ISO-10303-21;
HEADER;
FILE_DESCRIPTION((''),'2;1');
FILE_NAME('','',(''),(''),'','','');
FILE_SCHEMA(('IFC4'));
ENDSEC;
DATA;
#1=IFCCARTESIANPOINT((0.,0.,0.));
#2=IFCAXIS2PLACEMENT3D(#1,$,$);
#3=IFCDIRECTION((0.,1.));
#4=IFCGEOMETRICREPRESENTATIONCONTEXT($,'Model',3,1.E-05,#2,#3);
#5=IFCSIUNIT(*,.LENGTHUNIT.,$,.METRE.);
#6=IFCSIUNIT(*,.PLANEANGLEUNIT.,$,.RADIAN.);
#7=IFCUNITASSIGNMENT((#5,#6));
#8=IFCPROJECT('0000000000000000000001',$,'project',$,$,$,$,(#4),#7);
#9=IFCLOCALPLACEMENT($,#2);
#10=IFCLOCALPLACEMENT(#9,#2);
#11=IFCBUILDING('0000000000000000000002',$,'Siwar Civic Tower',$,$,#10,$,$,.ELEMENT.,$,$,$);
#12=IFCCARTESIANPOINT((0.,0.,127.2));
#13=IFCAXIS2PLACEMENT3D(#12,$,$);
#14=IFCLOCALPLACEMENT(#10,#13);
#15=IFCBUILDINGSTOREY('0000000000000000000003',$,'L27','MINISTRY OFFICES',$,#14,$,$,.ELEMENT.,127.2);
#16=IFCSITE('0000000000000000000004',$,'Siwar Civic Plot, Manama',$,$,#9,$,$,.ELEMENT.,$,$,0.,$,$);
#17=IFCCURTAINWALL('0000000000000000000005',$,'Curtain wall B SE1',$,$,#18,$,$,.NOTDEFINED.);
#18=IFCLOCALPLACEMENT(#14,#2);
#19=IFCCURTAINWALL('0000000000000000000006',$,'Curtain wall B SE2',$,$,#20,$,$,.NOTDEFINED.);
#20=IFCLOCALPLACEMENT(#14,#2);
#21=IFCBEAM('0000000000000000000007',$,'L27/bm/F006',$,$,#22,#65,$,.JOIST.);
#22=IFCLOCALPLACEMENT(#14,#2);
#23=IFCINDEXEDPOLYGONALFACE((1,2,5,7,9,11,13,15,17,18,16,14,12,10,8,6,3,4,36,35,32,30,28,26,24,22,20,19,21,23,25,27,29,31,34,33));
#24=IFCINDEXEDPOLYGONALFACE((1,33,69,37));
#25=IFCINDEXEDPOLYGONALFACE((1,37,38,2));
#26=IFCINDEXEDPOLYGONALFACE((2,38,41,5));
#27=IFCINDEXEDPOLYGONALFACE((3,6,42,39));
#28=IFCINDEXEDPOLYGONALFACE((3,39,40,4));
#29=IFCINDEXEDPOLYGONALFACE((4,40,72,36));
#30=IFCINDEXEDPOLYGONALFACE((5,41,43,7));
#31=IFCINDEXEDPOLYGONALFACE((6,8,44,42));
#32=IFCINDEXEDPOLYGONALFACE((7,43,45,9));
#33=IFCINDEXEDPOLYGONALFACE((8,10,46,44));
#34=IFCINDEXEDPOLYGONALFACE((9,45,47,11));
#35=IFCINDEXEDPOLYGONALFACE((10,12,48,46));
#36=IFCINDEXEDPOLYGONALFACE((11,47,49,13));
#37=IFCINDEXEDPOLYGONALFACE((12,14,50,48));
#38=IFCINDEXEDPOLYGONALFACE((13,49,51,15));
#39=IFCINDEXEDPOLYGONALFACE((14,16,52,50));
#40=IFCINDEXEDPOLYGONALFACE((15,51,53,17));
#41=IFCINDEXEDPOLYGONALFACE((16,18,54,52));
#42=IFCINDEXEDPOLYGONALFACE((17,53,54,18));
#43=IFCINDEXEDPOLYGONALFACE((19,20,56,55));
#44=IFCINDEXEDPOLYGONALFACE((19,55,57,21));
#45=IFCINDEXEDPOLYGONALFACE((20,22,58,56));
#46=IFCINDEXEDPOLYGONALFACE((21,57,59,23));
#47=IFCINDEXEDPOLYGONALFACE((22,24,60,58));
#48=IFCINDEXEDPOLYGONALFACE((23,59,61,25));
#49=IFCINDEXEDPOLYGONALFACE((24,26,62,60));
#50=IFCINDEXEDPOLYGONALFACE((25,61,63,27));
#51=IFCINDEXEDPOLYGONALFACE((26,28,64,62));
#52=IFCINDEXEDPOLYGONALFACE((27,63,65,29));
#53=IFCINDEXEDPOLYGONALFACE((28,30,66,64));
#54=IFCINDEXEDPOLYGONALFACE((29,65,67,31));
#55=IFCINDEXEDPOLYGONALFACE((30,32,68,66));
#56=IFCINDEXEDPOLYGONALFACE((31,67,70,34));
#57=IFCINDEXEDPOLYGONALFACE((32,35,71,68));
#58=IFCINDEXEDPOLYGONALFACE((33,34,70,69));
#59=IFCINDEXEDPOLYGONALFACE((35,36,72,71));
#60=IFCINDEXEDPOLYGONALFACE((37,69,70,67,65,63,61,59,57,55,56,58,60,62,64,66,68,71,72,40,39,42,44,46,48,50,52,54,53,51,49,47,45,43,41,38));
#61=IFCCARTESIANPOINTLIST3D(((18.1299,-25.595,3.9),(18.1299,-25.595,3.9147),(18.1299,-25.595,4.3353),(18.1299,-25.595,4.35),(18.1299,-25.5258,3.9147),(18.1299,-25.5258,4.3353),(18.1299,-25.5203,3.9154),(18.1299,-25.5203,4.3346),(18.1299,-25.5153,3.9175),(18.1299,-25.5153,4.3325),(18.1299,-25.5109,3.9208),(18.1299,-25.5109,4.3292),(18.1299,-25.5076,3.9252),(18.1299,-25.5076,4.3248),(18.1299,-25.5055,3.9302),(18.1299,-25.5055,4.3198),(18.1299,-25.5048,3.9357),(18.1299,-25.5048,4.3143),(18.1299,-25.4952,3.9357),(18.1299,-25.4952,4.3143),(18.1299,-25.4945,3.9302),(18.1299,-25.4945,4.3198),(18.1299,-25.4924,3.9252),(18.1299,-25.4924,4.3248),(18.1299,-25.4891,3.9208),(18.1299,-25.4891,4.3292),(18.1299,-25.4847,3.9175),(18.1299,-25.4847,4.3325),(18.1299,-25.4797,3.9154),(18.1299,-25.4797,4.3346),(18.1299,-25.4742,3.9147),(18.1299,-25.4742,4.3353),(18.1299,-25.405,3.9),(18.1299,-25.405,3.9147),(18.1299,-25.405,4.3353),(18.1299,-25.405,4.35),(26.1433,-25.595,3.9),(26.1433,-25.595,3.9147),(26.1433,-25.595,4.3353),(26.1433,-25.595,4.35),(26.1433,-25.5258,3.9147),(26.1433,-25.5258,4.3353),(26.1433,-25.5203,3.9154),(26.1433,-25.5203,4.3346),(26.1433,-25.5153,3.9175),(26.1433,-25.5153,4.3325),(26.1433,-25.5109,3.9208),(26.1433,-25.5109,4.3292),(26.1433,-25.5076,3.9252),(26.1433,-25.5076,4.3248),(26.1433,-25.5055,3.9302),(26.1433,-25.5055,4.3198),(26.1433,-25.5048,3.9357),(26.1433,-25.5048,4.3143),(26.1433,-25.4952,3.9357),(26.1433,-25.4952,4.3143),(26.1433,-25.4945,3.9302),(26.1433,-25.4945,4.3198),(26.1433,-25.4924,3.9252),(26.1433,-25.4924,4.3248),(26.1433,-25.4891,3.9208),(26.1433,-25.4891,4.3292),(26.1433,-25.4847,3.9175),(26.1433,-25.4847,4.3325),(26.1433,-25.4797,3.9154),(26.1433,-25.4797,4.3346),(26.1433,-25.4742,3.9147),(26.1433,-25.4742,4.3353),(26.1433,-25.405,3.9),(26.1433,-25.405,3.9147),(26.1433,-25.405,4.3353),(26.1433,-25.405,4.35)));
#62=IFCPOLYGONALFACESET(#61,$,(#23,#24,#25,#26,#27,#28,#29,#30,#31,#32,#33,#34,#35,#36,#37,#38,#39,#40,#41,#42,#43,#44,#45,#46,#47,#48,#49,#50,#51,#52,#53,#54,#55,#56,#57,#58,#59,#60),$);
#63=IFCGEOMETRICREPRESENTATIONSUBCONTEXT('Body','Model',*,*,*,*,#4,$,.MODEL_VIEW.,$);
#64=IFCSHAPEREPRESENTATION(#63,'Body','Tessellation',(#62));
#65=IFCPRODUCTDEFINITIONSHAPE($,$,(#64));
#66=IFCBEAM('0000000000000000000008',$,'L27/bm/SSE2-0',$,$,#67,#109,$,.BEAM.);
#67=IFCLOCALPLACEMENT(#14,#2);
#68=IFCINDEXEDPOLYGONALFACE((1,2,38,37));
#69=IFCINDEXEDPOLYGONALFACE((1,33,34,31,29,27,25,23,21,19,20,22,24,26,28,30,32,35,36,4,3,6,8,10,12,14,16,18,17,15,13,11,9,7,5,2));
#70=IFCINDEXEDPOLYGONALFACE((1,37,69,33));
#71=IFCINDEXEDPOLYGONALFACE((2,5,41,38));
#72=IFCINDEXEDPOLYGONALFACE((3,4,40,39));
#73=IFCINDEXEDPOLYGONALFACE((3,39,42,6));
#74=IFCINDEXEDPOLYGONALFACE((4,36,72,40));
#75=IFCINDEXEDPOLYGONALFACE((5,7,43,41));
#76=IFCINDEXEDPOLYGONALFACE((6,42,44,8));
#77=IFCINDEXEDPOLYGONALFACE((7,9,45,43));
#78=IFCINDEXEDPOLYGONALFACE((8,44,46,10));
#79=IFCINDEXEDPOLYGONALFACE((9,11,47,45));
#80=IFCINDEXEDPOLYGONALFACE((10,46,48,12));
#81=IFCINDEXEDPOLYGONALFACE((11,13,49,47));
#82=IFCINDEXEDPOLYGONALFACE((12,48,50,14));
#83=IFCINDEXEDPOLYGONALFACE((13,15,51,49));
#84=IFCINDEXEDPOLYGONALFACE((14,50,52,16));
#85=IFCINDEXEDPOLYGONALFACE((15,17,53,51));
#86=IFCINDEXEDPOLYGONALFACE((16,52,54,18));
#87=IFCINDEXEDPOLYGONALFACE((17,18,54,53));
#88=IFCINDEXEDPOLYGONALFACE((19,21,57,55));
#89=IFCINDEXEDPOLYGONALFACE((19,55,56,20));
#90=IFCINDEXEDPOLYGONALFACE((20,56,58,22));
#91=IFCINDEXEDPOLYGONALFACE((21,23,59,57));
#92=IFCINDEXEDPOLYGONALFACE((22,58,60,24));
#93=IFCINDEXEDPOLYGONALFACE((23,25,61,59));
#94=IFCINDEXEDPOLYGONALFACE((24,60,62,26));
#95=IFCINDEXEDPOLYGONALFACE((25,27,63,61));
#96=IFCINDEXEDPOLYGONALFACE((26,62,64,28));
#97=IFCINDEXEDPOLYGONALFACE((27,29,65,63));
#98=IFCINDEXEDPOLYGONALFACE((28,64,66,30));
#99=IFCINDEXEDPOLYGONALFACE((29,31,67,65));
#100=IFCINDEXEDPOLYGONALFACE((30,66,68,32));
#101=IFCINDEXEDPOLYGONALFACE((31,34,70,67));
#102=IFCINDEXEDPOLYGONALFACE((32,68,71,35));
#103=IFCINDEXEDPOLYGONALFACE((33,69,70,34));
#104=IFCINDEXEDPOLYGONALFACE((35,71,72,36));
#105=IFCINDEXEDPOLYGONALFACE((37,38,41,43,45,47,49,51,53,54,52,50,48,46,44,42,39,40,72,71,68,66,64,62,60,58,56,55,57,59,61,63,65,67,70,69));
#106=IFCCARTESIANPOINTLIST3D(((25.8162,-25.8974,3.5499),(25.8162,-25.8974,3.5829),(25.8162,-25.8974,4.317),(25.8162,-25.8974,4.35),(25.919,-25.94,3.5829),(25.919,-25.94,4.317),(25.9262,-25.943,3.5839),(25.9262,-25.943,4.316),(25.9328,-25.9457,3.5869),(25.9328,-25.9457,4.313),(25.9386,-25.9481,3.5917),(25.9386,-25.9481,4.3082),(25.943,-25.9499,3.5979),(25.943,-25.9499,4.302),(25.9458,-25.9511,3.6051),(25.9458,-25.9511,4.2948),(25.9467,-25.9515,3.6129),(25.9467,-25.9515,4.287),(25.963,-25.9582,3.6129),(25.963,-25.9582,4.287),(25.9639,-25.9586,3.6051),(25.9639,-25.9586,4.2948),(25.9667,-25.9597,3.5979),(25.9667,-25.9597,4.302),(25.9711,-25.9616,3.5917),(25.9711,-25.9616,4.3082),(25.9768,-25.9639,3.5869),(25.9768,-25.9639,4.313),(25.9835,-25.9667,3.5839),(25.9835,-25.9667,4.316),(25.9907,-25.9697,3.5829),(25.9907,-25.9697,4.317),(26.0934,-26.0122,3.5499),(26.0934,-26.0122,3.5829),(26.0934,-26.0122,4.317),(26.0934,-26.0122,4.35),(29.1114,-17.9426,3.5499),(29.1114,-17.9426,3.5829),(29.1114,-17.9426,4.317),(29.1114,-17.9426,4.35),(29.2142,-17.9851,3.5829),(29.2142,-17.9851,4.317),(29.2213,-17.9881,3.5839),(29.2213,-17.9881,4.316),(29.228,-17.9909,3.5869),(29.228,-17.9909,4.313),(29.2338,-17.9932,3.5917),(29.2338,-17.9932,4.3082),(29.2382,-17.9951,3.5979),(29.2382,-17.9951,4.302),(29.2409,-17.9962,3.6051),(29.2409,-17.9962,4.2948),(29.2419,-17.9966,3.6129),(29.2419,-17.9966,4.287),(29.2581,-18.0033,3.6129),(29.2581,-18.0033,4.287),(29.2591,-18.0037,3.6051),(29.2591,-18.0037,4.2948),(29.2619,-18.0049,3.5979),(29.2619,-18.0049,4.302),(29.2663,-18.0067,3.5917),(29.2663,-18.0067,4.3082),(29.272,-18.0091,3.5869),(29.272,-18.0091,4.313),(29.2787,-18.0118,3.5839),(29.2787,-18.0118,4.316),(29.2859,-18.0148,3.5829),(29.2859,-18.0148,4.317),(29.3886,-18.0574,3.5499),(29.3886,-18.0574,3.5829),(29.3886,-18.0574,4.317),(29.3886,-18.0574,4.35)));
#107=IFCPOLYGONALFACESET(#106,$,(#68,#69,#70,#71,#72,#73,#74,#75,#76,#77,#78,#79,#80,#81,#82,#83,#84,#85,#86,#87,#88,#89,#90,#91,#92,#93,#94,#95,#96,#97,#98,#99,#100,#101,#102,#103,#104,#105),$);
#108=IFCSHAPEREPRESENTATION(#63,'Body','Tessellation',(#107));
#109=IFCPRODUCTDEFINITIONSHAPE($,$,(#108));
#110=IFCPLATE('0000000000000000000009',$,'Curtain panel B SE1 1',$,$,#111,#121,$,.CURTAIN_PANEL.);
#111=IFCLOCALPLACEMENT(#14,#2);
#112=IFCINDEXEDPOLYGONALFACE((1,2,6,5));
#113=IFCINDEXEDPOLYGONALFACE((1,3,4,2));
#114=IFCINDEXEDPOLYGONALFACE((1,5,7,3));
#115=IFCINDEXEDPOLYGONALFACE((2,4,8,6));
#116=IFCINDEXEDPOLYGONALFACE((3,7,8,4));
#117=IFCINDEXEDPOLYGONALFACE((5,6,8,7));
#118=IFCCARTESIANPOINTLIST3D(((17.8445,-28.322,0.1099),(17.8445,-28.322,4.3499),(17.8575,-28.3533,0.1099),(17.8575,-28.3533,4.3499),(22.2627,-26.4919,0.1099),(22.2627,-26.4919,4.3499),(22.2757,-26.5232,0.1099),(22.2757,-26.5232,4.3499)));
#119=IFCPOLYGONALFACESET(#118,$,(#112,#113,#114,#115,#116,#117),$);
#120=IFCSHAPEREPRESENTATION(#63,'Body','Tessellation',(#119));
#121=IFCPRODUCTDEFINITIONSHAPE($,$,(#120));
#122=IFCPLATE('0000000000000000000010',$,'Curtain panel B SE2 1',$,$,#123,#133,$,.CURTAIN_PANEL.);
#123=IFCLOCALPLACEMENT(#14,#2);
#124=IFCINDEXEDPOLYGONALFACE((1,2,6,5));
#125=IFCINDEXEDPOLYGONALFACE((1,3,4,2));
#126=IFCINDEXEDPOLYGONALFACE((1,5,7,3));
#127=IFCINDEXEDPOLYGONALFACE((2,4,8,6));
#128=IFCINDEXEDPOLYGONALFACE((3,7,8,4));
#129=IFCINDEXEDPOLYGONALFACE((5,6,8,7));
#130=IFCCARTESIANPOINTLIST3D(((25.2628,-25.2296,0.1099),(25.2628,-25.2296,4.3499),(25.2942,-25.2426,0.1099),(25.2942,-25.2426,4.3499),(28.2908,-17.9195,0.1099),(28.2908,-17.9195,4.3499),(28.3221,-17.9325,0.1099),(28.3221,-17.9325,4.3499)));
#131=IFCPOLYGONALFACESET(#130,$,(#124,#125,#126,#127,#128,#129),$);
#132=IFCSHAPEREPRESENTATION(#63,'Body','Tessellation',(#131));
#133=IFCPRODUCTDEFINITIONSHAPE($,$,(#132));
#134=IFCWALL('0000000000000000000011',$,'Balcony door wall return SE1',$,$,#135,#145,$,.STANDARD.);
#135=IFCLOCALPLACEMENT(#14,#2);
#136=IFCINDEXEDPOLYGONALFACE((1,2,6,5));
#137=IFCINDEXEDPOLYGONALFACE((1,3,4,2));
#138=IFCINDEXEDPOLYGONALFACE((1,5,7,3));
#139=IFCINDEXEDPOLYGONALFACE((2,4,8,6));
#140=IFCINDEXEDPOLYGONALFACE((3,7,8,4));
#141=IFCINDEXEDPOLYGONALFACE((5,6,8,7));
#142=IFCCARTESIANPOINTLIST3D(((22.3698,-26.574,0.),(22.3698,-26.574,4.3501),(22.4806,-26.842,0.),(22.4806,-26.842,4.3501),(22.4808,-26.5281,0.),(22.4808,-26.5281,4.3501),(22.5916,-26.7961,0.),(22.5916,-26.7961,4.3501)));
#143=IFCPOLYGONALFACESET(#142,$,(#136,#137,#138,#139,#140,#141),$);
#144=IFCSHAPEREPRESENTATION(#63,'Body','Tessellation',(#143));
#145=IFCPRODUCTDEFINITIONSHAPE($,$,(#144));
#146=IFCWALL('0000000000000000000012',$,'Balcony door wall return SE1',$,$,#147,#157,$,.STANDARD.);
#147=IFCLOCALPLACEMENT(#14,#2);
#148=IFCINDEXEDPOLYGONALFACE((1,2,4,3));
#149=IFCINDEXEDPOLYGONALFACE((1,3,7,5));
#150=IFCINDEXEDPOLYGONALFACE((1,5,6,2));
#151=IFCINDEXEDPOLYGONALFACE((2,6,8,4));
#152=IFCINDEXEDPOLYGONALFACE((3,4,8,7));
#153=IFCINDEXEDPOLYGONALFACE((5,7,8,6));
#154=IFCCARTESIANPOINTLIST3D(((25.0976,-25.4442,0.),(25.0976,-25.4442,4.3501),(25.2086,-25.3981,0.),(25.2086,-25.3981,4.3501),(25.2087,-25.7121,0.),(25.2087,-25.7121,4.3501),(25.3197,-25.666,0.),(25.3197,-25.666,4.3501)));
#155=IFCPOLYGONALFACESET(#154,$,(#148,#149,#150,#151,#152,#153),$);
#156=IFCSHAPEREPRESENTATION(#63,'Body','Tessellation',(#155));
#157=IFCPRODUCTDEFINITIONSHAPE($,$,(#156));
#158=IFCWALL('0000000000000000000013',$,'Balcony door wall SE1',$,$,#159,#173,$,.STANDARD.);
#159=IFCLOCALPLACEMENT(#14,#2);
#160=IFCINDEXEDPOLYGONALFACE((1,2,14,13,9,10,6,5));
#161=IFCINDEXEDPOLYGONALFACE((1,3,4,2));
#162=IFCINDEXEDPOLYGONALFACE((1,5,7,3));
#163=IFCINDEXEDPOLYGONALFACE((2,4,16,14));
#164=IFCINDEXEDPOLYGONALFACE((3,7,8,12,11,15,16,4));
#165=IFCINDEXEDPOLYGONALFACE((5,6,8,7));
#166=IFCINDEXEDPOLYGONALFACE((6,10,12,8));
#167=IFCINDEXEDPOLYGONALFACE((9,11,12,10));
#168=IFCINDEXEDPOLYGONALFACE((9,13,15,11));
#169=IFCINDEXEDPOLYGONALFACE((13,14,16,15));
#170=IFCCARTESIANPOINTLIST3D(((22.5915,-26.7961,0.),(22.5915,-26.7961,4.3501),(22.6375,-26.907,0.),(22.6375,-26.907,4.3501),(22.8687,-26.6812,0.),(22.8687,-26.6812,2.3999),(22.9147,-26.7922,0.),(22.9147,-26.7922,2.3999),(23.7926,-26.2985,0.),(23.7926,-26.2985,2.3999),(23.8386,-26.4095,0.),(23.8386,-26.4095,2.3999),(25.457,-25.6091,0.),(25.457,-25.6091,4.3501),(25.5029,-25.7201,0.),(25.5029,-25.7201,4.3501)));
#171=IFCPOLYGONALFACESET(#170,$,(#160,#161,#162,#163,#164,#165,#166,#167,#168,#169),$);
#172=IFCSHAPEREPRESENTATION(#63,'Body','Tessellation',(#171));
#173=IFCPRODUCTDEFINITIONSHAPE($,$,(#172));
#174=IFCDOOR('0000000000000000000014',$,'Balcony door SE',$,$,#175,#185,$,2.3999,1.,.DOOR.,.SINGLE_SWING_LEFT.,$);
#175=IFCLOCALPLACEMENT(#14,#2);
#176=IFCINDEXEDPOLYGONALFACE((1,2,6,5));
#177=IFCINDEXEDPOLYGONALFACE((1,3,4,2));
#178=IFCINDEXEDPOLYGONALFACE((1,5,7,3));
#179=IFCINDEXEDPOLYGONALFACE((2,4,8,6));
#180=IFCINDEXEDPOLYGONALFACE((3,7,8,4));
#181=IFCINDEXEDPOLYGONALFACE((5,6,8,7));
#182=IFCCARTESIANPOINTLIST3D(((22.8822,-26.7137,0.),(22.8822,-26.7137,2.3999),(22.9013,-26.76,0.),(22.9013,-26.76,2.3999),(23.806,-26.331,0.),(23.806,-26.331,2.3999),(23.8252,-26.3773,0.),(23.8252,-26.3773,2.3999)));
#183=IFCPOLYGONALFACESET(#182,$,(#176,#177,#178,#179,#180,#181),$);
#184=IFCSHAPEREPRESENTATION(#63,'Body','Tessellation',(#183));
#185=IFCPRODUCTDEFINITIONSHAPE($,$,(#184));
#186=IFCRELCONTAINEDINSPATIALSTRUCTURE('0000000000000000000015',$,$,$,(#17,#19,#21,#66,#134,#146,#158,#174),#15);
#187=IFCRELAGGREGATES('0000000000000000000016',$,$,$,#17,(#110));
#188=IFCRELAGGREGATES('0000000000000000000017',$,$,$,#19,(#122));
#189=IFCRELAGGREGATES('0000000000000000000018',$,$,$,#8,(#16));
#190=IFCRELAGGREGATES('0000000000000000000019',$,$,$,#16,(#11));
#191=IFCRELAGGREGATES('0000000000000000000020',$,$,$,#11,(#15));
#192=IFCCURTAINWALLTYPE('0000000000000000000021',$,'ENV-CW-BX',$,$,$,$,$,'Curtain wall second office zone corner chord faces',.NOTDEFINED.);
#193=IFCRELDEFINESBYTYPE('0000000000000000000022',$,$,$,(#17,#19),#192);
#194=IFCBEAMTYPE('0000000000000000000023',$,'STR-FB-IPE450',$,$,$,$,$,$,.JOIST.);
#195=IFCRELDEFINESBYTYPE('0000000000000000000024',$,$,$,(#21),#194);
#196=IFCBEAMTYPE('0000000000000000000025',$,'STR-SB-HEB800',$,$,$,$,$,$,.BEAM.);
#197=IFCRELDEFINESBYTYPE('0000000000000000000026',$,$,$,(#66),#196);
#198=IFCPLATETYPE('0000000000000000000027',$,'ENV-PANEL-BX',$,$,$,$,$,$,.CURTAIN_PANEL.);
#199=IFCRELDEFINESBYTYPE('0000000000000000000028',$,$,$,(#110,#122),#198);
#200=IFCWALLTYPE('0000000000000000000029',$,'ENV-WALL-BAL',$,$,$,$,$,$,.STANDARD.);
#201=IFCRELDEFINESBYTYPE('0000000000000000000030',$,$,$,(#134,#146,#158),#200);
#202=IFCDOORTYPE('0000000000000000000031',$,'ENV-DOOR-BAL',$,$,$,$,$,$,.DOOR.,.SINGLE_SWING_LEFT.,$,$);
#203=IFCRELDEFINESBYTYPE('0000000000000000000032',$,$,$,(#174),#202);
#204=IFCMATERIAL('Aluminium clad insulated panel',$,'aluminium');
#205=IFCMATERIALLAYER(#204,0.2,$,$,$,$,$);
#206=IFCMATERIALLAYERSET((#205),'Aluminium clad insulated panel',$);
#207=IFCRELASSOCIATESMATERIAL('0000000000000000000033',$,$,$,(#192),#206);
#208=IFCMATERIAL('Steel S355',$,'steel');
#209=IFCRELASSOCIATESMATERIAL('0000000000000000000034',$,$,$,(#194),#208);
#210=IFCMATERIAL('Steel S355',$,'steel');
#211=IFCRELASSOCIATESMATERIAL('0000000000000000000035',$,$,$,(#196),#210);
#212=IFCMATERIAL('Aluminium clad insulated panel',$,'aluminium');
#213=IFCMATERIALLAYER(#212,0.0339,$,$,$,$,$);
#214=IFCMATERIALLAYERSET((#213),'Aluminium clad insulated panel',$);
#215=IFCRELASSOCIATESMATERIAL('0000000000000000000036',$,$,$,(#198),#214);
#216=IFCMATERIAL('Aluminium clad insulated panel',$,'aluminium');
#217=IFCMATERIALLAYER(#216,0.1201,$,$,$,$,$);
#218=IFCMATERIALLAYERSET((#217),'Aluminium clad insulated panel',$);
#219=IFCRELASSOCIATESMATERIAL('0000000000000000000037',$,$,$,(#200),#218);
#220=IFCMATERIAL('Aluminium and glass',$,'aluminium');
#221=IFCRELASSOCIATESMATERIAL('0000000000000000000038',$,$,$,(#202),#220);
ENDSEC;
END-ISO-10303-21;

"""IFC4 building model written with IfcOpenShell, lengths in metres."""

from ifc_helpers import new_model, si_unit, direction, frame, frame_2d, origin, origin_2d, place, context, subcontext, project, spatial, rectangle, i_section, extrude, material, layer, layer_set, material_profile, profile_set, type_object, element, fill, aggregate, save


model = new_model("IFC4")

# Units and contexts
model_context = context("Model", 3, precision=1e-05, world=origin(), true_north=direction((0.0, 1.0)))
body_context = subcontext(model_context, "Body", "Model", "MODEL_VIEW")
ifc_project = project(units=[si_unit("LENGTHUNIT", "METRE"), si_unit("PLANEANGLEUNIT", "RADIAN")], contexts=[model_context])

# Site, building, storey
site_placement = place(None, origin())
site = spatial("IfcSite", under=ifc_project, at=site_placement, Name="Siwar Civic Plot, Manama", CompositionType="ELEMENT", RefElevation=0.0)
building_placement = place(site_placement, origin())
building = spatial("IfcBuilding", under=site, at=building_placement, Name="Siwar Civic Tower", CompositionType="ELEMENT")
storey_placement = place(building_placement, frame((0.0, 0.0, 127.2)))
storey = spatial("IfcBuildingStorey", under=building, at=storey_placement, Name="L27", Description="MINISTRY OFFICES", CompositionType="ELEMENT", Elevation=127.2)

# Curtain wall
ifc_material_1 = material(Name="Aluminium clad insulated panel", Category="aluminium")
ifc_layer_1 = layer(ifc_material_1, 0.2)
ifc_layer_set_1 = layer_set([ifc_layer_1], Name="Aluminium clad insulated panel")
curtain_wall_type = type_object("IfcCurtainWallType", Name="ENV-CW-BX", ElementType="Curtain wall second office zone corner chord faces", PredefinedType="NOTDEFINED", material=ifc_layer_set_1)
curtain_wall_1_placement = place(storey_placement, origin())
curtain_wall_1 = element("IfcCurtainWall", 1, at=curtain_wall_1_placement, inside=storey, type_object=curtain_wall_type, Name="Curtain wall B SE1", PredefinedType="NOTDEFINED")

# Curtain wall
curtain_wall_2_placement = place(storey_placement, origin())
curtain_wall_2 = element("IfcCurtainWall", 2, at=curtain_wall_2_placement, inside=storey, type_object=curtain_wall_type, Name="Curtain wall B SE2", PredefinedType="NOTDEFINED")

# Beams
ifc_material_2 = material(Name="Steel S355", Category="steel")
ifc_material_profile_1 = material_profile(ifc_material_2, i_section(OverallWidth=0.1899, OverallDepth=0.45, WebThickness=0.0095, FlangeThickness=0.0146, FilletRadius=0.021, at=origin_2d()), Name="IPE450")
ifc_profile_set_1 = profile_set([ifc_material_profile_1], Name="Steel S355")
beam_type_1 = type_object("IfcBeamType", Name="STR-FB-IPE450", PredefinedType="JOIST", material=ifc_profile_set_1)
beam_1_placement = place(storey_placement, frame((18.1299, -25.5, 4.125), z_axis=(1.0, 0.0, 0.0), x_axis=(0.0, 1.0, 0.0)))
element("IfcBeam", 3, at=beam_1_placement, inside=storey, type_object=beam_type_1, Name="L27/bm/F006", PredefinedType="JOIST", context=body_context, shape_type="SweptSolid", body=[
    extrude(i_section(OverallWidth=0.1899, OverallDepth=0.45, WebThickness=0.0095, FlangeThickness=0.0146, FilletRadius=0.021, at=origin_2d()), origin(), (0.0, 0.0, 1.0), 8.0134),
])
ifc_material_3 = material(Name="Steel S355", Category="steel")
ifc_material_profile_2 = material_profile(ifc_material_3, i_section(OverallWidth=0.3, OverallDepth=0.8, WebThickness=0.0176, FlangeThickness=0.033, FilletRadius=0.03, at=origin_2d()), Name="HEB800")
ifc_profile_set_2 = profile_set([ifc_material_profile_2], Name="Steel S355")
beam_type_2 = type_object("IfcBeamType", Name="STR-SB-HEB800", PredefinedType="BEAM", material=ifc_profile_set_2)
beam_2_placement = place(storey_placement, frame((25.9548, -25.9548, 3.95), z_axis=(0.3827, 0.923873, 0.0), x_axis=(-0.923873, 0.3827, 0.0)))
element("IfcBeam", 4, at=beam_2_placement, inside=storey, type_object=beam_type_2, Name="L27/bm/SSE2-0", PredefinedType="BEAM", context=body_context, shape_type="SweptSolid", body=[
    extrude(i_section(OverallWidth=0.3, OverallDepth=0.8, WebThickness=0.0176, FlangeThickness=0.033, FilletRadius=0.03, at=origin_2d()), origin(), (0.0, 0.0, 1.0), 8.6104),
])

# Plates
ifc_material_4 = material(Name="Aluminium clad insulated panel", Category="aluminium")
ifc_layer_2 = layer(ifc_material_4, 0.0339)
ifc_layer_set_2 = layer_set([ifc_layer_2], Name="Aluminium clad insulated panel")
plate_type = type_object("IfcPlateType", Name="ENV-PANEL-BX", PredefinedType="CURTAIN_PANEL", material=ifc_layer_set_2)
plate_1_placement = place(storey_placement, frame((20.0601, -27.4226, 0.1099), z_axis=(0.0, 0.0, 1.0), x_axis=(0.92388, 0.382683, 0.0)))
plate_1 = element("IfcPlate", 5, at=plate_1_placement, type_object=plate_type, Name="Curtain panel B SE1 1", PredefinedType="CURTAIN_PANEL", context=body_context, shape_type="SweptSolid", body=[
    extrude(rectangle(XDim=4.7822, YDim=0.0339, at=origin_2d()), origin(), (0.0, 0.0, 1.0), 4.24),
])
aggregate(curtain_wall_1, [plate_1])
plate_2_placement = place(storey_placement, frame((26.7925, -21.5811, 0.1099), z_axis=(0.0, 0.0, 1.0), x_axis=(0.382683, 0.92388, 0.0)))
plate_2 = element("IfcPlate", 6, at=plate_2_placement, type_object=plate_type, Name="Curtain panel B SE2 1", PredefinedType="CURTAIN_PANEL", context=body_context, shape_type="SweptSolid", body=[
    extrude(rectangle(XDim=7.9124, YDim=0.0339, at=origin_2d()), origin(), (0.0, 0.0, 1.0), 4.24),
])
aggregate(curtain_wall_2, [plate_2])

# Walls
ifc_material_5 = material(Name="Aluminium clad insulated panel", Category="aluminium")
ifc_layer_3 = layer(ifc_material_5, 0.1201)
ifc_layer_set_3 = layer_set([ifc_layer_3], Name="Aluminium clad insulated panel")
wall_type_1 = type_object("IfcWallType", Name="ENV-WALL-BAL", PredefinedType="STANDARD", material=ifc_layer_set_3)
for number, where, z_axis, x_axis, name in (
    (7, (22.4253, -26.551, 0.0), (0.0, 0.0, 1.0), (0.382104, -0.924119, 0.0), "Balcony door wall return SE1"),
    (8, (25.1531, -25.4211, 0.0), (0.0, 0.0, 1.0), (0.38312, -0.923699, 0.0), "Balcony door wall return SE1"),
):
    element("IfcWall", number, at=place(storey_placement, frame(where, z_axis=z_axis, x_axis=x_axis)), inside=storey, type_object=wall_type_1, Name=name, PredefinedType="STANDARD", context=body_context, shape_type="SweptSolid", body=[
        extrude(rectangle(XDim=0.29, YDim=0.1201, at=frame_2d((0.145, 0.0))), origin(), (0.0, 0.0, 1.0), 4.3501),
    ])

# Wall, opening, door
wall_1_placement = place(storey_placement, frame((22.6145, -26.8516, 0.0), z_axis=(0.0, 0.0, 1.0), x_axis=(0.923869, 0.382709, 0.0)))
wall_1 = element("IfcWall", 9, at=wall_1_placement, inside=storey, type_object=wall_type_1, Name="Balcony door wall SE1", PredefinedType="STANDARD", context=body_context, shape_type="SweptSolid", body=[
    extrude(rectangle(XDim=3.1016, YDim=0.1201, at=frame_2d((1.5508, 0.0))), origin(), (0.0, 0.0, 1.0), 4.3501),
])
opening_placement = place(wall_1_placement, frame((0.3, 0.0, 0.0)))
opening = element("IfcOpeningElement", 10, at=opening_placement, cuts=wall_1, PredefinedType="OPENING", context=body_context, shape_type="SweptSolid", body=[
    extrude(rectangle(XDim=1.0, YDim=2.3999, at=frame_2d((0.5, 1.2))), frame((0.0, 0.0701, 0.0), z_axis=(0.0, -1.0, 0.0), x_axis=(1.0, 0.0, 0.0)), (0.0, 0.0, 1.0), 0.1401),
])
ifc_material_6 = material(Name="Aluminium and glass", Category="aluminium")
door_type = type_object("IfcDoorType", Name="ENV-DOOR-BAL", OperationType="SINGLE_SWING_LEFT", PredefinedType="DOOR", material=ifc_material_6)
door_placement = place(opening_placement, origin())
door = element("IfcDoor", 11, at=door_placement, inside=storey, type_object=door_type, Name="Balcony door SE", OperationType="SINGLE_SWING_LEFT", OverallHeight=2.3999, OverallWidth=1.0, PredefinedType="DOOR", context=body_context, shape_type="SweptSolid", body=[
    extrude(rectangle(XDim=1.0, YDim=2.3999, at=frame_2d((0.5, 1.2))), frame((0.0, 0.0249, 0.0), z_axis=(0.0, -1.0, 0.0), x_axis=(1.0, 0.0, 0.0)), (0.0, 0.0, 1.0), 0.05),
])
fill(opening, door)

save(model, "model.ifc")
